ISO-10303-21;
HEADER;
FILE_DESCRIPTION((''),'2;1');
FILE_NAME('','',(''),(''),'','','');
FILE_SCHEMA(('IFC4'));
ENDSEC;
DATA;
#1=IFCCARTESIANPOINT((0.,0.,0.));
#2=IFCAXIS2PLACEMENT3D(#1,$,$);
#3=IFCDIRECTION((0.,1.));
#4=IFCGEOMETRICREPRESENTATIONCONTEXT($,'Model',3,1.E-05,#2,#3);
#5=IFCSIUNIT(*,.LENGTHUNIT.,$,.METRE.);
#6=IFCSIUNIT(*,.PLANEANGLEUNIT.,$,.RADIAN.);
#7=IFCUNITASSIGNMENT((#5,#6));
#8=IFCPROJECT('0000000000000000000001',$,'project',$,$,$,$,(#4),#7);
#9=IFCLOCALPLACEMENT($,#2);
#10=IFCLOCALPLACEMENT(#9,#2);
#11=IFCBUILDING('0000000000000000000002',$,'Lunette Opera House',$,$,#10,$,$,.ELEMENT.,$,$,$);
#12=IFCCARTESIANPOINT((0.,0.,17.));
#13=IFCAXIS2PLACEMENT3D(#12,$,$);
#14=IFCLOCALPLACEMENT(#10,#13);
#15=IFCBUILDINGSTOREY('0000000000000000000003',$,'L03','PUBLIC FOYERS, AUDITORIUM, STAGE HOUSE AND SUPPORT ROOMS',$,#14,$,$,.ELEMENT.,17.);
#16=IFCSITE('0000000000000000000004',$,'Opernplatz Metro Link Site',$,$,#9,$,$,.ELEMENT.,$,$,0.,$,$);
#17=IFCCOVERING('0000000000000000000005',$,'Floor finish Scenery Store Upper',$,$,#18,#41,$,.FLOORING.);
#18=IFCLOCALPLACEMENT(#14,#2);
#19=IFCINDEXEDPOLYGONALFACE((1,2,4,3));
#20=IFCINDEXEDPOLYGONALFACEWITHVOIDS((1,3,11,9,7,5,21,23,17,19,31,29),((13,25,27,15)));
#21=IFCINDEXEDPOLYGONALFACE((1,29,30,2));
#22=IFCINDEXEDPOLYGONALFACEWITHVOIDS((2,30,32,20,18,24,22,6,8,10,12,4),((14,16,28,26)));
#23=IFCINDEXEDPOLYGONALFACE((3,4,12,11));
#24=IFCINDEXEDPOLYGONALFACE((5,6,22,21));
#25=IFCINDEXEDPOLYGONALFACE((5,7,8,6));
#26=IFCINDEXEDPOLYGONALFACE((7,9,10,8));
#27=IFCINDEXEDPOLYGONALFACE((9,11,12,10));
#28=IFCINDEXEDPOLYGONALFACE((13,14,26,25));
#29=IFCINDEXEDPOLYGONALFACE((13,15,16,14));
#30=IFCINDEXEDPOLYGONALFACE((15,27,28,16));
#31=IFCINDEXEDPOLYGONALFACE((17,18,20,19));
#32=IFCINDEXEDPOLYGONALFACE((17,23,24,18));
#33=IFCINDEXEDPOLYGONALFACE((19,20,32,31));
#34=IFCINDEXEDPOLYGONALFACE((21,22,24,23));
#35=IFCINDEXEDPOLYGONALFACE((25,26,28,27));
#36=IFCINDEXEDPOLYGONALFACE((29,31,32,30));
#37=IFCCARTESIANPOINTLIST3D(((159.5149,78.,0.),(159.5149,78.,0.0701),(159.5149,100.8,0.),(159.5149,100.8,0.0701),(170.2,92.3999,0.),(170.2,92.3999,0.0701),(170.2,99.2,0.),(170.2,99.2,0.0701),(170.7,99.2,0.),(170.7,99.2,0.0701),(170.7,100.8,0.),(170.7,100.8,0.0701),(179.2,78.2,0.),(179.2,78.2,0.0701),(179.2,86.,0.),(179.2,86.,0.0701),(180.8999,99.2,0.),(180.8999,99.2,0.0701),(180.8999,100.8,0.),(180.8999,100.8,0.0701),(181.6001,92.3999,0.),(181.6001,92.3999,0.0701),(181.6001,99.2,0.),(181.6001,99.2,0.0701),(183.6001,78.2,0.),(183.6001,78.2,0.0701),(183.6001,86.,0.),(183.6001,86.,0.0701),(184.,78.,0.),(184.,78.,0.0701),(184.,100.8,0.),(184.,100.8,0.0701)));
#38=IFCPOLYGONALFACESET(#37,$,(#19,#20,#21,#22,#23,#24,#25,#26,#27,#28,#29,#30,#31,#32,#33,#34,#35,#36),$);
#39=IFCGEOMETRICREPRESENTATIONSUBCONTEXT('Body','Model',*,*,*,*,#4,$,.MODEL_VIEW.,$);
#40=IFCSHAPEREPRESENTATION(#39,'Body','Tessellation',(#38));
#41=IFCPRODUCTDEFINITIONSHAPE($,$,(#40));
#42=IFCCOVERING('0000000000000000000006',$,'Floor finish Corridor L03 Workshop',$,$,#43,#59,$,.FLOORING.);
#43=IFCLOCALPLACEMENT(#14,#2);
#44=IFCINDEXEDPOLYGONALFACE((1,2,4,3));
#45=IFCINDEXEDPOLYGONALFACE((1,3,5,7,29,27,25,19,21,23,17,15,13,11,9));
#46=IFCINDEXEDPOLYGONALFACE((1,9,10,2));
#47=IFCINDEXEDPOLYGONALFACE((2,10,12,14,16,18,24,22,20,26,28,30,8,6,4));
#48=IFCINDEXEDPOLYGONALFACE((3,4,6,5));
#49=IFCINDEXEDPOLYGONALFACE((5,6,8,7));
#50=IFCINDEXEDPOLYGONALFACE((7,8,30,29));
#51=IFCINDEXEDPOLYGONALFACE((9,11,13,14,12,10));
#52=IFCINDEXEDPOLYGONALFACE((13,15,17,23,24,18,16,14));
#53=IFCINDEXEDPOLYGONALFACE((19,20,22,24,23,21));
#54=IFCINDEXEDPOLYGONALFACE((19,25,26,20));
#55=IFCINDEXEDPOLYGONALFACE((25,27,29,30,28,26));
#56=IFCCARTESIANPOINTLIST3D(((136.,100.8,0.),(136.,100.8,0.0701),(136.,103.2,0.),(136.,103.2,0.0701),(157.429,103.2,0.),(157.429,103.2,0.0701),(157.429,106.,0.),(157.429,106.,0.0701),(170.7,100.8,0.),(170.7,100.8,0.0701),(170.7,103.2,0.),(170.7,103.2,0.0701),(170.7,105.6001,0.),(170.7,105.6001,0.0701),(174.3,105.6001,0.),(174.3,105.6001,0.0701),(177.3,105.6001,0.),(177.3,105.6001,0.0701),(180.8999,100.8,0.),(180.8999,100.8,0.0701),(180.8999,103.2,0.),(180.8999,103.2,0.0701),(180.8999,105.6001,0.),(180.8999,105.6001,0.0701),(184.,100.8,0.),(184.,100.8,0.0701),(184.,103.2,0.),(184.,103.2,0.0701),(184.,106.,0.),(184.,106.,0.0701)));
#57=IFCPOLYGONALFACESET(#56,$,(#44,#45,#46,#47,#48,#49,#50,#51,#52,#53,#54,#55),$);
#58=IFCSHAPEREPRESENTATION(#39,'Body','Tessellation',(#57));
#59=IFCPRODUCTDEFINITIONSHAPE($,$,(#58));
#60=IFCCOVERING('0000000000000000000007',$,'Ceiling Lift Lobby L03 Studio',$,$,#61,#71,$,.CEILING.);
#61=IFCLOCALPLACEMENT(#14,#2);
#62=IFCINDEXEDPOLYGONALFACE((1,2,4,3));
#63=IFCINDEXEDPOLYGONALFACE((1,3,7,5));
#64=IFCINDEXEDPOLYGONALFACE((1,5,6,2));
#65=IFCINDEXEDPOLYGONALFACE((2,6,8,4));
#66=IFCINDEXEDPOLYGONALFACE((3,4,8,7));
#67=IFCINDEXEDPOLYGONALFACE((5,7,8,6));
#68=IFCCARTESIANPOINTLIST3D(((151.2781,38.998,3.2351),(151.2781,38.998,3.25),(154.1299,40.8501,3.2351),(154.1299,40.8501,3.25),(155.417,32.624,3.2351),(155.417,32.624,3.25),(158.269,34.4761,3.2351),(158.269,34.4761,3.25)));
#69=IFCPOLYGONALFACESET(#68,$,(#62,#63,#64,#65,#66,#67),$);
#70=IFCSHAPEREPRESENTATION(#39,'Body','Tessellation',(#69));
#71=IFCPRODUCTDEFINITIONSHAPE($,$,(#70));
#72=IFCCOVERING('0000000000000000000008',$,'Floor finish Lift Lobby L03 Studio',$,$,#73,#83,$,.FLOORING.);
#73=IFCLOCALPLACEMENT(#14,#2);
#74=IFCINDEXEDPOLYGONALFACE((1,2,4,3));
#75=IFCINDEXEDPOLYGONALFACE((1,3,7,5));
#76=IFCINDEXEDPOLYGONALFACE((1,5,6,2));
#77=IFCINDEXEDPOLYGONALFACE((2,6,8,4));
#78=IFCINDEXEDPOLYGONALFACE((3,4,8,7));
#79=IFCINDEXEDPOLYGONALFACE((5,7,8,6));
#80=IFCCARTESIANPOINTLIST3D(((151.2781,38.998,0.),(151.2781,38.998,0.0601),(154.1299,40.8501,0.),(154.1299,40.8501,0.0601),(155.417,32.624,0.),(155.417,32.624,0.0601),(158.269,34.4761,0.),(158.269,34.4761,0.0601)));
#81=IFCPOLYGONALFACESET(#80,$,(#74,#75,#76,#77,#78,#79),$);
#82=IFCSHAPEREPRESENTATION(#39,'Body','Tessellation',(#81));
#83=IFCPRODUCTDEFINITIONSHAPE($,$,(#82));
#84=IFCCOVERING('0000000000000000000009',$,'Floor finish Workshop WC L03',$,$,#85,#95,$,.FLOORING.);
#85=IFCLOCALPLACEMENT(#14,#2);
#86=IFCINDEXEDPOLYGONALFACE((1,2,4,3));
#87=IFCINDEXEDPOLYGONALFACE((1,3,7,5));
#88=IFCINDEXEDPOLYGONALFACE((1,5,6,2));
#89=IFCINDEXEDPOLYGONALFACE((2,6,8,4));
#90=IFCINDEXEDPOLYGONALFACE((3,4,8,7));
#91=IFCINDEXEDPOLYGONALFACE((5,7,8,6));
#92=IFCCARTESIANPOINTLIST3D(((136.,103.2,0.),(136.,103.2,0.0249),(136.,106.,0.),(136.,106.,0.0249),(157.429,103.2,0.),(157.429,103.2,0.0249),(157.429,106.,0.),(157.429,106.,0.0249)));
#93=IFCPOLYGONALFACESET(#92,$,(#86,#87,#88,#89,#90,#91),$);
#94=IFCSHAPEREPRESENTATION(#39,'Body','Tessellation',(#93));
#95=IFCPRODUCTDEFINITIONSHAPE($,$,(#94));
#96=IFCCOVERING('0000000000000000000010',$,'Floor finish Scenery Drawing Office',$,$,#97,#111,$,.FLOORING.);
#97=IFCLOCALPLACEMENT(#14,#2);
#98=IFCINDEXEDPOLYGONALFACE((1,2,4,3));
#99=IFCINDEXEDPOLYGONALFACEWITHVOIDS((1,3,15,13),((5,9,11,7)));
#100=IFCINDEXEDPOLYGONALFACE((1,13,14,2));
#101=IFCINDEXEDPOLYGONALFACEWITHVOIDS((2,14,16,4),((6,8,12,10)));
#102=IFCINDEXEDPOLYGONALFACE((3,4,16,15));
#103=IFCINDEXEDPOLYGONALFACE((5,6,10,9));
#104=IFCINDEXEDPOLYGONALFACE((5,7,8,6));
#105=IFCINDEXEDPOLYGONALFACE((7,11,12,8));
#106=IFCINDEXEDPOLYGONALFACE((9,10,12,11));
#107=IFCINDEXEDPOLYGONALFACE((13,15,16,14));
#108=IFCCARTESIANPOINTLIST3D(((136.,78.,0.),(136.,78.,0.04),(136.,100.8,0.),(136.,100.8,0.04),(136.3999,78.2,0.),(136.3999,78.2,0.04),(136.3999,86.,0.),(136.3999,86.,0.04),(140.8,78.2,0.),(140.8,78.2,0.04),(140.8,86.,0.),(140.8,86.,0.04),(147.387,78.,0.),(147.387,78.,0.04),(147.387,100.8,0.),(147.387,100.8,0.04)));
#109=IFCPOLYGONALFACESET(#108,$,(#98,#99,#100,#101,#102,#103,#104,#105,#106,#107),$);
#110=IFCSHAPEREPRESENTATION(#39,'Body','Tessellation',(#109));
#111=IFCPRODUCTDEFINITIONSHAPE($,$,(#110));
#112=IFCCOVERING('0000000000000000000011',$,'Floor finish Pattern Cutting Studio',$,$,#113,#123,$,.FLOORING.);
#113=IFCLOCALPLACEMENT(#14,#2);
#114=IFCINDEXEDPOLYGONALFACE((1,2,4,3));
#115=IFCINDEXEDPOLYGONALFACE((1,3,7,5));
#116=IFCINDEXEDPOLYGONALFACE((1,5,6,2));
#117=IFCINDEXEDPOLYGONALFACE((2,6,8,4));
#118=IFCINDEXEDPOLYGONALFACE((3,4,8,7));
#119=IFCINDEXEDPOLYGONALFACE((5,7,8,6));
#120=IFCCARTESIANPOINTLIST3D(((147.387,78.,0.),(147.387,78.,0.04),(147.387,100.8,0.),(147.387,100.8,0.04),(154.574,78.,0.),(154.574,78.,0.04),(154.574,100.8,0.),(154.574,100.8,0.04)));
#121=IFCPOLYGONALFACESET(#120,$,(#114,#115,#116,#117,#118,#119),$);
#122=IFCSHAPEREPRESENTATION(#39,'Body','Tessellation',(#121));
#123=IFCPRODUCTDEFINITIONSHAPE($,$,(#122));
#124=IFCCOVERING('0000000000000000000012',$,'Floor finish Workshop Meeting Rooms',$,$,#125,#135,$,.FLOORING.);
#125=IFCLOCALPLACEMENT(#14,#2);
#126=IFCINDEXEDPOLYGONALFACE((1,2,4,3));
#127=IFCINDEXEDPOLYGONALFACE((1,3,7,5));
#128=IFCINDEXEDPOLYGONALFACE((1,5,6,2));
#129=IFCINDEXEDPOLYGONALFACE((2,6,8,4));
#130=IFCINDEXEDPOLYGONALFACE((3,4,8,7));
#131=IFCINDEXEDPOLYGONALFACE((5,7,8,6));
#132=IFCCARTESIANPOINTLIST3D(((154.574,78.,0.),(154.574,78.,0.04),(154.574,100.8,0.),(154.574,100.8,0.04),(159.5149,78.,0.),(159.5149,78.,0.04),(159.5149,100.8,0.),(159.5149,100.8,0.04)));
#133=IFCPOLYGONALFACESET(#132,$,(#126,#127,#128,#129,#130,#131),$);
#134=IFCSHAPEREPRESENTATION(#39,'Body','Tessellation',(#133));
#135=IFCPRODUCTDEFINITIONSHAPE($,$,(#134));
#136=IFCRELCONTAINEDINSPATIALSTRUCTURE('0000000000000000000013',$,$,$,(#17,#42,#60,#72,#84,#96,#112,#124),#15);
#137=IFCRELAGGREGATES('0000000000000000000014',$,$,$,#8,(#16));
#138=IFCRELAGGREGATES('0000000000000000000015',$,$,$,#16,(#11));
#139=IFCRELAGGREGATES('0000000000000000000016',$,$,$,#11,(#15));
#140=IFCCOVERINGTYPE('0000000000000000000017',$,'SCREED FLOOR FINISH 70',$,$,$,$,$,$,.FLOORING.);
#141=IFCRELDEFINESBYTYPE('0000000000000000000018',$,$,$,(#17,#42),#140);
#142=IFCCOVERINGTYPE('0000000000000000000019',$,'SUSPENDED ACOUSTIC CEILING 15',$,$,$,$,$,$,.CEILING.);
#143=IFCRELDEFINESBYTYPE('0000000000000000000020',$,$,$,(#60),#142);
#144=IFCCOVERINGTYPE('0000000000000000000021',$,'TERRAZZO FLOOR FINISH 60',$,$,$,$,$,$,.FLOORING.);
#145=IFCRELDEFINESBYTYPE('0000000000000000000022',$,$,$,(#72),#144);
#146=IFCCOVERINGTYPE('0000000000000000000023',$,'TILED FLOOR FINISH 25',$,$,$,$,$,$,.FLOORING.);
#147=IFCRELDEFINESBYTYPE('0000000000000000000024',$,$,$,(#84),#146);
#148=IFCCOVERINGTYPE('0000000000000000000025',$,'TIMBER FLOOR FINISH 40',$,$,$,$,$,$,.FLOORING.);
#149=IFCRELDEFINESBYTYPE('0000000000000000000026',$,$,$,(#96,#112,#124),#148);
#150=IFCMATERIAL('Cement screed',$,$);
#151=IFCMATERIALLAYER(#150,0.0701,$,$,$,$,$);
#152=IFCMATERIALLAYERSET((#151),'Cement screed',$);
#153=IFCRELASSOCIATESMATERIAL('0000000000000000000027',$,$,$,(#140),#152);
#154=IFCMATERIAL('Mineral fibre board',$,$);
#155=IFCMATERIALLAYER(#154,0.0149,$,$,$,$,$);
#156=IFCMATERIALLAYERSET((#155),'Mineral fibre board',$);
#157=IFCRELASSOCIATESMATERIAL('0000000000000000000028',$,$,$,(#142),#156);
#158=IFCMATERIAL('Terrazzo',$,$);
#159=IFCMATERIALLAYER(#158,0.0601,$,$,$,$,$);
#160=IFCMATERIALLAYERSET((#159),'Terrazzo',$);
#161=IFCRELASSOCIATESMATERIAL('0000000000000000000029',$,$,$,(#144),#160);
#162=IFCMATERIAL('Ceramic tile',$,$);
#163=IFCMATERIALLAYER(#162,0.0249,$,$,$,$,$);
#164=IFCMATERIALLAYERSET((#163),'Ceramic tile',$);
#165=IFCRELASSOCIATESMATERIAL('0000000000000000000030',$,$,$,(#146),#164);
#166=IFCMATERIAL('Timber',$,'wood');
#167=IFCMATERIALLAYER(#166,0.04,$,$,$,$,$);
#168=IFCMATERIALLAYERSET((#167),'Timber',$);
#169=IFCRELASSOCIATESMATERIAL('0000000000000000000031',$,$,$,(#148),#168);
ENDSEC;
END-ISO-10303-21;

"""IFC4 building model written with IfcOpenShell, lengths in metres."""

from ifc_helpers import new_model, si_unit, direction, frame, origin, place, context, subcontext, project, spatial, polyline, outline, extrude, material, layer, layer_set, type_object, element, save


model = new_model("IFC4")

# Units and contexts
model_context = context("Model", 3, precision=1e-05, world=origin(), true_north=direction((0.0, 1.0)))
body_context = subcontext(model_context, "Body", "Model", "MODEL_VIEW")
ifc_project = project(units=[si_unit("LENGTHUNIT", "METRE"), si_unit("PLANEANGLEUNIT", "RADIAN")], contexts=[model_context])

# Site, building, storey
site_placement = place(None, origin())
site = spatial("IfcSite", under=ifc_project, at=site_placement, Name="Opernplatz Metro Link Site", CompositionType="ELEMENT", RefElevation=0.0)
building_placement = place(site_placement, origin())
building = spatial("IfcBuilding", under=site, at=building_placement, Name="Lunette Opera House", CompositionType="ELEMENT")
storey_placement = place(building_placement, frame((0.0, 0.0, 17.0)))
storey = spatial("IfcBuildingStorey", under=building, at=storey_placement, Name="L03", Description="PUBLIC FOYERS, AUDITORIUM, STAGE HOUSE AND SUPPORT ROOMS", CompositionType="ELEMENT", Elevation=17.0)

# Coverings
ifc_material_1 = material(Name="Cement screed")
ifc_layer_1 = layer(ifc_material_1, 0.0701)
ifc_layer_set_1 = layer_set([ifc_layer_1], Name="Cement screed")
covering_type_1 = type_object("IfcCoveringType", Name="SCREED FLOOR FINISH 70", PredefinedType="FLOORING", material=ifc_layer_set_1)
covering_1_placement = place(storey_placement, origin())
element("IfcCovering", 1, at=covering_1_placement, inside=storey, type_object=covering_type_1, Name="Floor finish Scenery Store Upper", PredefinedType="FLOORING", context=body_context, shape_type="SweptSolid", body=[
    extrude(outline(polyline([(170.2, 99.2), (170.2, 92.3999), (181.6001, 92.3999), (181.6001, 99.2), (180.8999, 99.2), (180.8999, 100.8), (184.0, 100.8), (184.0, 78.0), (159.5149, 78.0), (159.5149, 100.8), (170.7, 100.8), (170.7, 99.2), (170.2, 99.2)]), holes=[polyline([(183.6001, 86.0), (179.2, 86.0), (179.2, 78.2), (183.6001, 78.2), (183.6001, 86.0)])]), origin(), (0.0, 0.0, 1.0), 0.0701),
])
covering_2_placement = place(storey_placement, origin())
element("IfcCovering", 2, at=covering_2_placement, inside=storey, type_object=covering_type_1, Name="Floor finish Corridor L03 Workshop", PredefinedType="FLOORING", context=body_context, shape_type="SweptSolid", body=[
    extrude(outline(polyline([(157.429, 106.0), (184.0, 106.0), (184.0, 103.2), (184.0, 100.8), (180.8999, 100.8), (180.8999, 103.2), (180.8999, 105.6001), (177.3, 105.6001), (174.3, 105.6001), (170.7, 105.6001), (170.7, 103.2), (170.7, 100.8), (136.0, 100.8), (136.0, 103.2), (157.429, 103.2), (157.429, 106.0)])), origin(), (0.0, 0.0, 1.0), 0.0701),
])
ifc_material_2 = material(Name="Mineral fibre board")
ifc_layer_2 = layer(ifc_material_2, 0.0149)
ifc_layer_set_2 = layer_set([ifc_layer_2], Name="Mineral fibre board")
covering_type_2 = type_object("IfcCoveringType", Name="SUSPENDED ACOUSTIC CEILING 15", PredefinedType="CEILING", material=ifc_layer_set_2)
covering_3_placement = place(storey_placement, frame((0.0, 0.0, 3.2351)))
element("IfcCovering", 3, at=covering_3_placement, inside=storey, type_object=covering_type_2, Name="Ceiling Lift Lobby L03 Studio", PredefinedType="CEILING", context=body_context, shape_type="SweptSolid", body=[
    extrude(outline(polyline([(151.2781, 38.998), (155.417, 32.624), (158.269, 34.4761), (154.1299, 40.8501), (151.2781, 38.998)])), origin(), (0.0, 0.0, 1.0), 0.0149),
])
ifc_material_3 = material(Name="Terrazzo")
ifc_layer_3 = layer(ifc_material_3, 0.0601)
ifc_layer_set_3 = layer_set([ifc_layer_3], Name="Terrazzo")
covering_type_3 = type_object("IfcCoveringType", Name="TERRAZZO FLOOR FINISH 60", PredefinedType="FLOORING", material=ifc_layer_set_3)
covering_4_placement = place(storey_placement, origin())
element("IfcCovering", 4, at=covering_4_placement, inside=storey, type_object=covering_type_3, Name="Floor finish Lift Lobby L03 Studio", PredefinedType="FLOORING", context=body_context, shape_type="SweptSolid", body=[
    extrude(outline(polyline([(151.2781, 38.998), (155.417, 32.624), (158.269, 34.4761), (154.1299, 40.8501), (151.2781, 38.998)])), origin(), (0.0, 0.0, 1.0), 0.0601),
])
ifc_material_4 = material(Name="Ceramic tile")
ifc_layer_4 = layer(ifc_material_4, 0.0249)
ifc_layer_set_4 = layer_set([ifc_layer_4], Name="Ceramic tile")
covering_type_4 = type_object("IfcCoveringType", Name="TILED FLOOR FINISH 25", PredefinedType="FLOORING", material=ifc_layer_set_4)
covering_5_placement = place(storey_placement, origin())
element("IfcCovering", 5, at=covering_5_placement, inside=storey, type_object=covering_type_4, Name="Floor finish Workshop WC L03", PredefinedType="FLOORING", context=body_context, shape_type="SweptSolid", body=[
    extrude(outline(polyline([(136.0, 103.2), (136.0, 106.0), (157.429, 106.0), (157.429, 103.2), (136.0, 103.2)])), origin(), (0.0, 0.0, 1.0), 0.0249),
])
ifc_material_5 = material(Name="Timber", Category="wood")
ifc_layer_5 = layer(ifc_material_5, 0.04)
ifc_layer_set_5 = layer_set([ifc_layer_5], Name="Timber")
covering_type_5 = type_object("IfcCoveringType", Name="TIMBER FLOOR FINISH 40", PredefinedType="FLOORING", material=ifc_layer_set_5)
covering_6_placement = place(storey_placement, origin())
element("IfcCovering", 6, at=covering_6_placement, inside=storey, type_object=covering_type_5, Name="Floor finish Scenery Drawing Office", PredefinedType="FLOORING", context=body_context, shape_type="SweptSolid", body=[
    extrude(outline(polyline([(136.0, 100.8), (147.387, 100.8), (147.387, 78.0), (136.0, 78.0), (136.0, 100.8)]), holes=[polyline([(136.3999, 78.2), (140.8, 78.2), (140.8, 86.0), (136.3999, 86.0), (136.3999, 78.2)])]), origin(), (0.0, 0.0, 1.0), 0.04),
])
covering_7_placement = place(storey_placement, origin())
element("IfcCovering", 7, at=covering_7_placement, inside=storey, type_object=covering_type_5, Name="Floor finish Pattern Cutting Studio", PredefinedType="FLOORING", context=body_context, shape_type="SweptSolid", body=[
    extrude(outline(polyline([(147.387, 78.0), (147.387, 100.8), (154.574, 100.8), (154.574, 78.0), (147.387, 78.0)])), origin(), (0.0, 0.0, 1.0), 0.04),
])
covering_8_placement = place(storey_placement, origin())
element("IfcCovering", 8, at=covering_8_placement, inside=storey, type_object=covering_type_5, Name="Floor finish Workshop Meeting Rooms", PredefinedType="FLOORING", context=body_context, shape_type="SweptSolid", body=[
    extrude(outline(polyline([(154.574, 78.0), (154.574, 100.8), (159.5149, 100.8), (159.5149, 78.0), (154.574, 78.0)])), origin(), (0.0, 0.0, 1.0), 0.04),
])

save(model, "model.ifc")
